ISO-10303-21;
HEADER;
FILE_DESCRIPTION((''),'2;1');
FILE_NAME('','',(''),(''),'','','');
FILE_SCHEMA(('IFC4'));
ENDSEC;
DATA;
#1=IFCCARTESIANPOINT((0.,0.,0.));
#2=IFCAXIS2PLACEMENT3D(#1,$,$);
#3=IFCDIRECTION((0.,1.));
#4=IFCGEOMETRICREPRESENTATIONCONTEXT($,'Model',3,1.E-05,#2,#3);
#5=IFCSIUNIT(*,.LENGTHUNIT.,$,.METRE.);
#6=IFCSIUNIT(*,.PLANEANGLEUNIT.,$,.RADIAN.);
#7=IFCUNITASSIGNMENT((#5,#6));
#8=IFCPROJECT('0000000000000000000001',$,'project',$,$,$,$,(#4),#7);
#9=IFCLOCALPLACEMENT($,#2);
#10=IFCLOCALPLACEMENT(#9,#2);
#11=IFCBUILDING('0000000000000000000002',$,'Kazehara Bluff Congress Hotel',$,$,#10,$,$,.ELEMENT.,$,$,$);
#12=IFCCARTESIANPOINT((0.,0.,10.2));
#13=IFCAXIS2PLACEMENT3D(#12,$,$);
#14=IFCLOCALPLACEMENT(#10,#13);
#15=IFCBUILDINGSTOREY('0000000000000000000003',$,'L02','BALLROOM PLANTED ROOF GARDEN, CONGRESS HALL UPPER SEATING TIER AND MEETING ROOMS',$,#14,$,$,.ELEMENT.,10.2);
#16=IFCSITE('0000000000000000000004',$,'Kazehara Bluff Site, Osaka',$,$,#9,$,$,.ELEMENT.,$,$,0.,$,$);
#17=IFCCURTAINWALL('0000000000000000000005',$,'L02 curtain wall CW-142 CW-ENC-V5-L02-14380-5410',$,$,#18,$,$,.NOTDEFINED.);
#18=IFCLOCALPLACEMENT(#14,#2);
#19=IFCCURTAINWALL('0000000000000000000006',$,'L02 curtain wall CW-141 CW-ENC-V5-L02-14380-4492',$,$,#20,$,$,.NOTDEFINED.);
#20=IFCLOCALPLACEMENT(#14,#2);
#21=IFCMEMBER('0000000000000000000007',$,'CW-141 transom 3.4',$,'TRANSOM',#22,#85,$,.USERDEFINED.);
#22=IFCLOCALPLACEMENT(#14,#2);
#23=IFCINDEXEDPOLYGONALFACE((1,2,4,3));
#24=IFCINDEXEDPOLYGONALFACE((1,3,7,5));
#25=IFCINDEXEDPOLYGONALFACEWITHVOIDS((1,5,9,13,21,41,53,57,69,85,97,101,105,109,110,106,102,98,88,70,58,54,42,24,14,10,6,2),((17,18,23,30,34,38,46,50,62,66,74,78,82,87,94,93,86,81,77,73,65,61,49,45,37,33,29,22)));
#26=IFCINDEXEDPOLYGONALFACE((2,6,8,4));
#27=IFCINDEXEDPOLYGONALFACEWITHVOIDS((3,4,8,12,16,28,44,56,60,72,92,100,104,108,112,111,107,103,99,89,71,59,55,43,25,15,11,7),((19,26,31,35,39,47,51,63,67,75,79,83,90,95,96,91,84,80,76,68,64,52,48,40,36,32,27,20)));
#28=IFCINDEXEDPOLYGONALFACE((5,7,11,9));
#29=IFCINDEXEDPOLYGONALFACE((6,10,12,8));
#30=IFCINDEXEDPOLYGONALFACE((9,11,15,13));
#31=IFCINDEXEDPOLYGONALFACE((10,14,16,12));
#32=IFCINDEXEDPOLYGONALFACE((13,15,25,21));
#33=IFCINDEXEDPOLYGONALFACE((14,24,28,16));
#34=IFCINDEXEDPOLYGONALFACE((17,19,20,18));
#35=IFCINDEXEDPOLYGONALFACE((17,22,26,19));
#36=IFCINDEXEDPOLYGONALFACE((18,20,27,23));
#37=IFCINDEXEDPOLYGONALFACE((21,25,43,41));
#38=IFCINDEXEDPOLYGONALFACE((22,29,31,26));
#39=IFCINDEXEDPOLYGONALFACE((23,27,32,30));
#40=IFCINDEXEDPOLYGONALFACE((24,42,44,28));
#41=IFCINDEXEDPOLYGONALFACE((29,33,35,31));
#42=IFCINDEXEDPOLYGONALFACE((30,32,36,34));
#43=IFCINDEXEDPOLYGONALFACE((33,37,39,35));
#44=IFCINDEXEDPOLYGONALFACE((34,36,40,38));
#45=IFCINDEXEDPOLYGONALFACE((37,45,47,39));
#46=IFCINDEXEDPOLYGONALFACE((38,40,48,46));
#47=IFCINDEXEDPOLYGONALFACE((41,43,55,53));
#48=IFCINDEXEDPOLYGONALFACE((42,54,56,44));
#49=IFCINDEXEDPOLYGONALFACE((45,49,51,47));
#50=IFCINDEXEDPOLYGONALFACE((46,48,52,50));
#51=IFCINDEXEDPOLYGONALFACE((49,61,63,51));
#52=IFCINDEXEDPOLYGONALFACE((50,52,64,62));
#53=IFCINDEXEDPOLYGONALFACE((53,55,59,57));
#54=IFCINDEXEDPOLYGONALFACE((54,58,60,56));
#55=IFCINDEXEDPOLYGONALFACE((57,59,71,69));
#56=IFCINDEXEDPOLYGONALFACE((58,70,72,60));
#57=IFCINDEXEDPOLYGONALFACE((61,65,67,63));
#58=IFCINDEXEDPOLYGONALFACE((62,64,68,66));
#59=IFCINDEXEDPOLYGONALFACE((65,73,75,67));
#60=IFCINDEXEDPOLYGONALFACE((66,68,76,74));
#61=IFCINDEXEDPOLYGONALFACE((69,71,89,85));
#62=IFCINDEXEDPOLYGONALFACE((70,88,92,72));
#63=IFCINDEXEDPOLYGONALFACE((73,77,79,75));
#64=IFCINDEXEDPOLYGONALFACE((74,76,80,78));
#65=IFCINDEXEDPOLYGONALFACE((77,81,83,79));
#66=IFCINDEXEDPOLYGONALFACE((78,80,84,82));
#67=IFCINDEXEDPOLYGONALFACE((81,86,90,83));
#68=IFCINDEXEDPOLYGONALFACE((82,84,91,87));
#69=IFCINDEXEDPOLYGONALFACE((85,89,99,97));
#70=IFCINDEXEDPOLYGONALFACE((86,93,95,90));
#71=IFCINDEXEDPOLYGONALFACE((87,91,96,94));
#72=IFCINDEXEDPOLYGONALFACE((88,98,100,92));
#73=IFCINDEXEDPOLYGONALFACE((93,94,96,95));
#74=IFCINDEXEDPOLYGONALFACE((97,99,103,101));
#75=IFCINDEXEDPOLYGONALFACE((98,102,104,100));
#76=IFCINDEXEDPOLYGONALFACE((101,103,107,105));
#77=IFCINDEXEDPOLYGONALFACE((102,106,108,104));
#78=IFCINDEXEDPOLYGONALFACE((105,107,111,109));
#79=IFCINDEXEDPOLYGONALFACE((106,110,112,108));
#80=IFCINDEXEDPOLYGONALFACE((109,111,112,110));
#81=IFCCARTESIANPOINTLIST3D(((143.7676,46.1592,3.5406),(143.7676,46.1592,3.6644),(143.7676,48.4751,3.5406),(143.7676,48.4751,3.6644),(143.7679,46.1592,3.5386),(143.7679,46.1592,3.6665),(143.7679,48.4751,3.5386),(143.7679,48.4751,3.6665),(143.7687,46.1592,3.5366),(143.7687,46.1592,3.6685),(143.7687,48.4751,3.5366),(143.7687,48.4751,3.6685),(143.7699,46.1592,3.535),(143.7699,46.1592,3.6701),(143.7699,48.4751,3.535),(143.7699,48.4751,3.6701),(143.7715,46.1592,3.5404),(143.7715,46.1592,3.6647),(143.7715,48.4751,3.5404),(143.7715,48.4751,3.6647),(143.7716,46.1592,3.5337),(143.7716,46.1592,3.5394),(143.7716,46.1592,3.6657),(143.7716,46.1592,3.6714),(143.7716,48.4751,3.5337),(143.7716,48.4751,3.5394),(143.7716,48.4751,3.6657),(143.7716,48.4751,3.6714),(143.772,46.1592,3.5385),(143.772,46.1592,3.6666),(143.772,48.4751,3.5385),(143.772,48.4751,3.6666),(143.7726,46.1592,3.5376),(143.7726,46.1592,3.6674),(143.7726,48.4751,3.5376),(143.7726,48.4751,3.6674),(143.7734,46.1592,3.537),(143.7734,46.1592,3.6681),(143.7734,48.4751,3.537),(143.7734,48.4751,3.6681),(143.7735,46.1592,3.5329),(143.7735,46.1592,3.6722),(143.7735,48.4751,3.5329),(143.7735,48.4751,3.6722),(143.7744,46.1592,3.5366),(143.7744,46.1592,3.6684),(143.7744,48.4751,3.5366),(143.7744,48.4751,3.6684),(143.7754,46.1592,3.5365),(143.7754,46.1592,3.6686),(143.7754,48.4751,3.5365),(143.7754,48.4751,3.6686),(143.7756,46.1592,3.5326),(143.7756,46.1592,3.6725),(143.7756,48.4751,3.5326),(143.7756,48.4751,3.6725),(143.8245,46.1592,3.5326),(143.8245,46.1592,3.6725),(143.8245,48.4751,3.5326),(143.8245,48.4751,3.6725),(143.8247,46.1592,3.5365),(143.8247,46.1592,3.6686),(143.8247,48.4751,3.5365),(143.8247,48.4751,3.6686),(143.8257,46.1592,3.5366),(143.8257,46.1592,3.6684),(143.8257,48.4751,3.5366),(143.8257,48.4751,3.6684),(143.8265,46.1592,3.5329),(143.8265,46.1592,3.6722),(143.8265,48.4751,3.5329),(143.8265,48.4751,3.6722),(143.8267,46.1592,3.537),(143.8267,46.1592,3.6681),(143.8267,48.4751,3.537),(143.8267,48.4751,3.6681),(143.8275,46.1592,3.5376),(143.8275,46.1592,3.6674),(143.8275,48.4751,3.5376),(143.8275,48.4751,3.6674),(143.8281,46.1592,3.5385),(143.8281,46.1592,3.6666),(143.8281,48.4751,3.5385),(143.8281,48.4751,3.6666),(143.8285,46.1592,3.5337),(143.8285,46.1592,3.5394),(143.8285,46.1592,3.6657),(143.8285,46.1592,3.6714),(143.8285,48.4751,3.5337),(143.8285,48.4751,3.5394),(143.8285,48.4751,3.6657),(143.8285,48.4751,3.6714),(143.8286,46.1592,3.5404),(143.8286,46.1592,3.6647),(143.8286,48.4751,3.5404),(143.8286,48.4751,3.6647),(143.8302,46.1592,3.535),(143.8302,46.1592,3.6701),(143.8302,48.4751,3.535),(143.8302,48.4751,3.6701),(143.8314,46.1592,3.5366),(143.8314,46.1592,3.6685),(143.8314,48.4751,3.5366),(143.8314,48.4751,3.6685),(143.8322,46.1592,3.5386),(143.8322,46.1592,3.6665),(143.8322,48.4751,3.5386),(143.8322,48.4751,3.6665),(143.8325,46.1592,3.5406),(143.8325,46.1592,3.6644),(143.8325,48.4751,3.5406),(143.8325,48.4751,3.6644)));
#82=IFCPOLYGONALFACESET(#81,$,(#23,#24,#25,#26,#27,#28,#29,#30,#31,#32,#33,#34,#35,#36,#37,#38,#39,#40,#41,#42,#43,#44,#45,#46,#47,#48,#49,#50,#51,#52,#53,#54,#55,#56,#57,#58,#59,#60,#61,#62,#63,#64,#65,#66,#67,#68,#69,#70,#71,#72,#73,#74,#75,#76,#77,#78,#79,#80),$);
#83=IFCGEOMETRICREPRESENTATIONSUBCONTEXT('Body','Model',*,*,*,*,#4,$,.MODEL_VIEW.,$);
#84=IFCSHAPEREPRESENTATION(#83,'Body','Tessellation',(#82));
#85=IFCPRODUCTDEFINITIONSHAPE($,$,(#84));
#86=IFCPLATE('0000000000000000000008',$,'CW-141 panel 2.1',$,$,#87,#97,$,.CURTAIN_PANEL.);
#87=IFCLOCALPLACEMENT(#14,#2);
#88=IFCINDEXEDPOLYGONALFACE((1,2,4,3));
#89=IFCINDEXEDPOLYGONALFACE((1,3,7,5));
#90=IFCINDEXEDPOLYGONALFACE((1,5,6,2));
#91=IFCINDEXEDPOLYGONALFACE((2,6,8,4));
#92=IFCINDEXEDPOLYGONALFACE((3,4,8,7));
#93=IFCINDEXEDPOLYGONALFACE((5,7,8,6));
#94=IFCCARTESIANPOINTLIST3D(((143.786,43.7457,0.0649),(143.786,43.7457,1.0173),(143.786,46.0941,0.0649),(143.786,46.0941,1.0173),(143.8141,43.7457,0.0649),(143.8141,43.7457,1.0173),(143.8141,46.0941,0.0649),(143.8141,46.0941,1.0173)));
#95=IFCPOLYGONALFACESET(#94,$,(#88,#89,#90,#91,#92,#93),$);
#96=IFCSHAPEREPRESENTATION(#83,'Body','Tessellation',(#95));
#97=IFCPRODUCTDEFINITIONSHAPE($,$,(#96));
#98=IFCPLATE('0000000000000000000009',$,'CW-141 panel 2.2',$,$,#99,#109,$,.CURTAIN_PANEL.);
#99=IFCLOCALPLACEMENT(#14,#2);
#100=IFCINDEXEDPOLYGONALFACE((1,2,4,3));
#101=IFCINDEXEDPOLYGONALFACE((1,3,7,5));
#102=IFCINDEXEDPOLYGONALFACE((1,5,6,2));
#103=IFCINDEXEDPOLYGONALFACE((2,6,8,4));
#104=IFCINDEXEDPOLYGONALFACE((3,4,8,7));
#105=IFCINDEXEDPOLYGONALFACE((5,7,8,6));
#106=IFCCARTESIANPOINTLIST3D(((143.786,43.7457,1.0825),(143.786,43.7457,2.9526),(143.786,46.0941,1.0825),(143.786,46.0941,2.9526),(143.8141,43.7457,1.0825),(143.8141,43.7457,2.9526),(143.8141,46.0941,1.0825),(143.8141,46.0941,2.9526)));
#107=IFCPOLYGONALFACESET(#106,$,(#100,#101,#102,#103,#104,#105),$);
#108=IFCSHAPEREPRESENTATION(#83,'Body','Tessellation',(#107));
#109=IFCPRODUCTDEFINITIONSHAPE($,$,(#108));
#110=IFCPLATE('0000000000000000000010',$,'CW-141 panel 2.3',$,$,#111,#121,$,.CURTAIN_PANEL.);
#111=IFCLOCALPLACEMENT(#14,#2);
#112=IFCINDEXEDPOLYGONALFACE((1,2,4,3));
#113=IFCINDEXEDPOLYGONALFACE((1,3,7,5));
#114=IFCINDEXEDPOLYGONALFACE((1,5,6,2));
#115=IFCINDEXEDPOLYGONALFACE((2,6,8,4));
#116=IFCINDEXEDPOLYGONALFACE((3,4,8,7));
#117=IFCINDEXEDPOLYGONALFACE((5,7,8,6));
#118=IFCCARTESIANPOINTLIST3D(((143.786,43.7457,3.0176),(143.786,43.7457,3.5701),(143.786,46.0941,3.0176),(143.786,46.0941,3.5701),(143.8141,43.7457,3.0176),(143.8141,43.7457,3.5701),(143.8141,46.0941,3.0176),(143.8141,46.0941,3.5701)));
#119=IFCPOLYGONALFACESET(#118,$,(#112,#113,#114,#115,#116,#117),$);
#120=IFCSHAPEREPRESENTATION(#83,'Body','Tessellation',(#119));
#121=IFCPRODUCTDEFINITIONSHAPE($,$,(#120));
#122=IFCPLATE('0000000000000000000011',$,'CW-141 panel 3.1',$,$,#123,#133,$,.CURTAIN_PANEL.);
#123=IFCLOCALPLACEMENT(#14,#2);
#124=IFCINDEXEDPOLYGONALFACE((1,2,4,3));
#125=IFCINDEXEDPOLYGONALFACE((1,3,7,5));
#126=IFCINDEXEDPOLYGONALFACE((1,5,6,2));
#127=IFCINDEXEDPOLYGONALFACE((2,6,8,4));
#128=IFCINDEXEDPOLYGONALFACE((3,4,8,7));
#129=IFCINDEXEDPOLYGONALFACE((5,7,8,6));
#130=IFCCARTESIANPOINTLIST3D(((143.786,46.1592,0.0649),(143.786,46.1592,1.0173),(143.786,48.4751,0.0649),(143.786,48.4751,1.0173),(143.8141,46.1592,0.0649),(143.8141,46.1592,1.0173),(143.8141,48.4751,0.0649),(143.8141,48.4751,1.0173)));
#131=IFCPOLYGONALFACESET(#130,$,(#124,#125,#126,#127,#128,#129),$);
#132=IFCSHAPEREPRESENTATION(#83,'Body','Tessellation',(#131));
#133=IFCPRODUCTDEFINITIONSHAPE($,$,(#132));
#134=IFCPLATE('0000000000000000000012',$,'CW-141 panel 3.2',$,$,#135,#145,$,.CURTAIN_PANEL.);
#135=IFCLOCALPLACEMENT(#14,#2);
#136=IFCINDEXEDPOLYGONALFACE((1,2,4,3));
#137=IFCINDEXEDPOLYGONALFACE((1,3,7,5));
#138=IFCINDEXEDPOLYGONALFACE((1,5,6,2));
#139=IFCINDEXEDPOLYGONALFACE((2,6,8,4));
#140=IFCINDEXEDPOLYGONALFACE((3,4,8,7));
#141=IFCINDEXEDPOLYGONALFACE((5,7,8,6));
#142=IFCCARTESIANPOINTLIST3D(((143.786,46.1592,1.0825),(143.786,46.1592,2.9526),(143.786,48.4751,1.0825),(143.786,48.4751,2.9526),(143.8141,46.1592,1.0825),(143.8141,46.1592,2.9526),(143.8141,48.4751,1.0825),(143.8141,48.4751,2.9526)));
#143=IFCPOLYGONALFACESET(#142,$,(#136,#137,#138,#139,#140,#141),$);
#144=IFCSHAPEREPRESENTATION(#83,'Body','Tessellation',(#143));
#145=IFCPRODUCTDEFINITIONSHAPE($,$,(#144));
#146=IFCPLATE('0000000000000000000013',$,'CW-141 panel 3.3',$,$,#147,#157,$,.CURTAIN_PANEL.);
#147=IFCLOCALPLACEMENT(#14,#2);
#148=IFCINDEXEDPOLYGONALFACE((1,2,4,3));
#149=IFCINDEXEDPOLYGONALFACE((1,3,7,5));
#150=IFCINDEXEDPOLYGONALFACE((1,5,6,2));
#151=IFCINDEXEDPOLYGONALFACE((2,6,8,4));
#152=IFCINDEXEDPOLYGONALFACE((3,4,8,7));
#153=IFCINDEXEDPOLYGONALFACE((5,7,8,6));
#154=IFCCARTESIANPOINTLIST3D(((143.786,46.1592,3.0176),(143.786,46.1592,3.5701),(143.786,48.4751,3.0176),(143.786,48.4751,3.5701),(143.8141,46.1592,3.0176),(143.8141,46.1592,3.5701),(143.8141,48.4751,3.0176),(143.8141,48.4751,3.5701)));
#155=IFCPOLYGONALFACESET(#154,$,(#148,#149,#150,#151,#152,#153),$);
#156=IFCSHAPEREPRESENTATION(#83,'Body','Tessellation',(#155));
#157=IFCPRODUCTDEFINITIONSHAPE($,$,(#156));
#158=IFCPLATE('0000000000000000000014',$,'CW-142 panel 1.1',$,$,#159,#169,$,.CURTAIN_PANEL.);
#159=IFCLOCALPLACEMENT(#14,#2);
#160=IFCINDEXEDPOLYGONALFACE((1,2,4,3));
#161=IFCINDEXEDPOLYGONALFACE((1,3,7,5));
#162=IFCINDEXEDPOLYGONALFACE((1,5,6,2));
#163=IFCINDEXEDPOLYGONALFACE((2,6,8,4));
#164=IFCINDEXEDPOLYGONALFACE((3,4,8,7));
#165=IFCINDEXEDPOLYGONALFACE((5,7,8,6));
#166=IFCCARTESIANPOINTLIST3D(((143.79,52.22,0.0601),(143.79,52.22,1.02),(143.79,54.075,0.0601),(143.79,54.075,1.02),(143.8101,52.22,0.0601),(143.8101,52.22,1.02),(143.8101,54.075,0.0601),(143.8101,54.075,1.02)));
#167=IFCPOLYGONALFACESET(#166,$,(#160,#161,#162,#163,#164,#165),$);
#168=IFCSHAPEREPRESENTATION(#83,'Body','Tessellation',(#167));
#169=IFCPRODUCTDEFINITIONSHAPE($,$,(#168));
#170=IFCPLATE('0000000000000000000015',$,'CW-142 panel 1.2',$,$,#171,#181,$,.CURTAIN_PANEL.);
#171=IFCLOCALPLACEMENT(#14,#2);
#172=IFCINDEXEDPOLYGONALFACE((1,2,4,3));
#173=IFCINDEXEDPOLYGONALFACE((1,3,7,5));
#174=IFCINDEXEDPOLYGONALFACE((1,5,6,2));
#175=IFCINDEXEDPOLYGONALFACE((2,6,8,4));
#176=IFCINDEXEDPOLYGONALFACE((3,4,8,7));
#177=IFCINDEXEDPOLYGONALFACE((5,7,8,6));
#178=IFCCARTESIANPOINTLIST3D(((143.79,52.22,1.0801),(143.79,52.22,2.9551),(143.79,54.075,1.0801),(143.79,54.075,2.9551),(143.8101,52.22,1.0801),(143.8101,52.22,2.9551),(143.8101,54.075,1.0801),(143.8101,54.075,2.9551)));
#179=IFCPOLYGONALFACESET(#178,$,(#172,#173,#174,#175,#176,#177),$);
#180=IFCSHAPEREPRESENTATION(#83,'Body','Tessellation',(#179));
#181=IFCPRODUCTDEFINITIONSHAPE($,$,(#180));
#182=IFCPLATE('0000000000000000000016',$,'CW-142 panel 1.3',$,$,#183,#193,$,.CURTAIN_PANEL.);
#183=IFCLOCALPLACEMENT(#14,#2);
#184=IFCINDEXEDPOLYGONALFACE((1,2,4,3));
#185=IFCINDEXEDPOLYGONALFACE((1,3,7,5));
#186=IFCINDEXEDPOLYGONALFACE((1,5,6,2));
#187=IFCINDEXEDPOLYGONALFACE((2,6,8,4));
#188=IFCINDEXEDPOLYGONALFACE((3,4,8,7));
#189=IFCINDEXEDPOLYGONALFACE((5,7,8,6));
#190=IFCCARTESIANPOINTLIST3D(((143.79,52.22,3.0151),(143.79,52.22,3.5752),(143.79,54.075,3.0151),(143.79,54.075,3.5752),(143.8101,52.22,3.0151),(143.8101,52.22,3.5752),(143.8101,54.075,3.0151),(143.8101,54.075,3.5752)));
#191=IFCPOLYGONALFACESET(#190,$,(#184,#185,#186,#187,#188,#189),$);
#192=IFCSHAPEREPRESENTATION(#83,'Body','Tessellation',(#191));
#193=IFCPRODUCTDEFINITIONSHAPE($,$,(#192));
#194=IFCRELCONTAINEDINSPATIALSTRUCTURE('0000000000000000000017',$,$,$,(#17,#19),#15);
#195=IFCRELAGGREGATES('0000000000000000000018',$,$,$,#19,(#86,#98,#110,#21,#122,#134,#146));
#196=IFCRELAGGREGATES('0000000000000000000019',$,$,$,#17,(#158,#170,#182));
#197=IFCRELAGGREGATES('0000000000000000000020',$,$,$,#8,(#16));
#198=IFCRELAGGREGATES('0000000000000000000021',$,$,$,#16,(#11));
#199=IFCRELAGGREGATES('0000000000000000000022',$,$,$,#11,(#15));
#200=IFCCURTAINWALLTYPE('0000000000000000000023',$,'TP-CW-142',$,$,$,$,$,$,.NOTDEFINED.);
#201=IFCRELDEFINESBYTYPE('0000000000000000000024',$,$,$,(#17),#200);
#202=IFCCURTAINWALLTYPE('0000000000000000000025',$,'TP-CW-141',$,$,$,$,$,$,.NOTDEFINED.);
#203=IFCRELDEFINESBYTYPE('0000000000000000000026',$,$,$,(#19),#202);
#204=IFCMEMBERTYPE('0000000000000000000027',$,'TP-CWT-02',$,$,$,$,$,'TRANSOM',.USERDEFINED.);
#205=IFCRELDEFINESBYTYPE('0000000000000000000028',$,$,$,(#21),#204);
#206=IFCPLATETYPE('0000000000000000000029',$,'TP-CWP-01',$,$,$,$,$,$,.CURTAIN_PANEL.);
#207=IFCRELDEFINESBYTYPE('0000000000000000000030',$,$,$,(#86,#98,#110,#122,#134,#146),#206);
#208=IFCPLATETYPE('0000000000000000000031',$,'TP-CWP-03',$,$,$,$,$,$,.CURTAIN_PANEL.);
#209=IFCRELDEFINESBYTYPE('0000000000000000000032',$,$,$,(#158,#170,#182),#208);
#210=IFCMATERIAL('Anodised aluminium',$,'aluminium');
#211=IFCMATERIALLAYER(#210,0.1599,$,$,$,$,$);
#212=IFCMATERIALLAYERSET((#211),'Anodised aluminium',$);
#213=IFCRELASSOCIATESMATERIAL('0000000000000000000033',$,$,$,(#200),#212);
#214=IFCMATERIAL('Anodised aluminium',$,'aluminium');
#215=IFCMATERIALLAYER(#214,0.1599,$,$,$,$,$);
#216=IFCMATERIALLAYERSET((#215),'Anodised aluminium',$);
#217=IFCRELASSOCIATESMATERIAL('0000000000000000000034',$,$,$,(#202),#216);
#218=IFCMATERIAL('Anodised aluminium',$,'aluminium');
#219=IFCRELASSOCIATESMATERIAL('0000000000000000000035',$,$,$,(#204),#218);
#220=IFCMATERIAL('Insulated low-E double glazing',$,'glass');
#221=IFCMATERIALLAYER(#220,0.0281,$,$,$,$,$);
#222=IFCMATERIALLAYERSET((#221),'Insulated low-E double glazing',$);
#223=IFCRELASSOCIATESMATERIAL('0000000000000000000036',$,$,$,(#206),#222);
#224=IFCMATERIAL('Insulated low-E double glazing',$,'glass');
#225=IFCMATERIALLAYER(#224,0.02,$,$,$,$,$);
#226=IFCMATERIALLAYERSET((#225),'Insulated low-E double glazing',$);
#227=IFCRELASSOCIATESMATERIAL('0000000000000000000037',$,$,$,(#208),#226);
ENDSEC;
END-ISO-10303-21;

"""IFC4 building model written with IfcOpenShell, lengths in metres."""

from ifc_helpers import new_model, si_unit, direction, frame, origin, origin_2d, place, context, subcontext, project, spatial, rectangle, hollow_rectangle, extrude, material, layer, layer_set, material_profile, profile_set, type_object, element, aggregate, save


model = new_model("IFC4")

# Units and contexts
model_context = context("Model", 3, precision=1e-05, world=origin(), true_north=direction((0.0, 1.0)))
body_context = subcontext(model_context, "Body", "Model", "MODEL_VIEW")
ifc_project = project(units=[si_unit("LENGTHUNIT", "METRE"), si_unit("PLANEANGLEUNIT", "RADIAN")], contexts=[model_context])

# Site, building, storey
site_placement = place(None, origin())
site = spatial("IfcSite", under=ifc_project, at=site_placement, Name="Kazehara Bluff Site, Osaka", CompositionType="ELEMENT", RefElevation=0.0)
building_placement = place(site_placement, origin())
building = spatial("IfcBuilding", under=site, at=building_placement, Name="Kazehara Bluff Congress Hotel", CompositionType="ELEMENT")
storey_placement = place(building_placement, frame((0.0, 0.0, 10.2)))
storey = spatial("IfcBuildingStorey", under=building, at=storey_placement, Name="L02", Description="BALLROOM PLANTED ROOF GARDEN, CONGRESS HALL UPPER SEATING TIER AND MEETING ROOMS", CompositionType="ELEMENT", Elevation=10.2)

# Curtain walls
ifc_material_1 = material(Name="Anodised aluminium", Category="aluminium")
ifc_layer_1 = layer(ifc_material_1, 0.1599)
ifc_layer_set_1 = layer_set([ifc_layer_1], Name="Anodised aluminium")
curtain_wall_type_1 = type_object("IfcCurtainWallType", Name="TP-CW-142", PredefinedType="NOTDEFINED", material=ifc_layer_set_1)
curtain_wall_1_placement = place(storey_placement, origin())
curtain_wall_1 = element("IfcCurtainWall", 1, at=curtain_wall_1_placement, inside=storey, type_object=curtain_wall_type_1, Name="L02 curtain wall CW-142 CW-ENC-V5-L02-14380-5410", PredefinedType="NOTDEFINED")
ifc_material_2 = material(Name="Anodised aluminium", Category="aluminium")
ifc_layer_2 = layer(ifc_material_2, 0.1599)
ifc_layer_set_2 = layer_set([ifc_layer_2], Name="Anodised aluminium")
curtain_wall_type_2 = type_object("IfcCurtainWallType", Name="TP-CW-141", PredefinedType="NOTDEFINED", material=ifc_layer_set_2)
curtain_wall_2_placement = place(storey_placement, origin())
curtain_wall_2 = element("IfcCurtainWall", 2, at=curtain_wall_2_placement, inside=storey, type_object=curtain_wall_type_2, Name="L02 curtain wall CW-141 CW-ENC-V5-L02-14380-4492", PredefinedType="NOTDEFINED")

# Member
ifc_material_3 = material(Name="Anodised aluminium", Category="aluminium")
ifc_material_profile_1 = material_profile(ifc_material_3, hollow_rectangle(XDim=0.0649, YDim=0.1399, WallThickness=0.0039, InnerFilletRadius=0.0039, OuterFilletRadius=0.0081, at=origin_2d()))
ifc_profile_set_1 = profile_set([ifc_material_profile_1], Name="Anodised aluminium")
member_type_1 = type_object("IfcMemberType", Name="TP-CWT-02", ElementType="TRANSOM", PredefinedType="USERDEFINED", material=ifc_profile_set_1)
member_1_placement = place(storey_placement, frame((143.8, 46.1592, 3.6025), z_axis=(0.0, 1.0, 0.0), x_axis=(-1.0, 0.0, 0.0)))
member_1 = element("IfcMember", 3, at=member_1_placement, type_object=member_type_1, Name="CW-141 transom 3.4", ObjectType="TRANSOM", PredefinedType="USERDEFINED", context=body_context, shape_type="SweptSolid", body=[
    extrude(hollow_rectangle(XDim=0.0649, YDim=0.1399, WallThickness=0.0039, InnerFilletRadius=0.0039, OuterFilletRadius=0.0081, at=origin_2d()), origin(), (0.0, 0.0, 1.0), 2.3159),
])

# Plates
ifc_material_4 = material(Name="Insulated low-E double glazing", Category="glass")
ifc_layer_3 = layer(ifc_material_4, 0.0281)
ifc_layer_set_3 = layer_set([ifc_layer_3], Name="Insulated low-E double glazing")
plate_type_1 = type_object("IfcPlateType", Name="TP-CWP-01", PredefinedType="CURTAIN_PANEL", material=ifc_layer_set_3)
plate_1_placement = place(storey_placement, frame((143.8, 44.9199, 0.0649), z_axis=(0.0, 0.0, 1.0), x_axis=(0.0, 1.0, 0.0)))
plate_1 = element("IfcPlate", 4, at=plate_1_placement, type_object=plate_type_1, Name="CW-141 panel 2.1", PredefinedType="CURTAIN_PANEL", context=body_context, shape_type="SweptSolid", body=[
    extrude(rectangle(XDim=2.3484, YDim=0.0281, at=origin_2d()), origin(), (0.0, 0.0, 1.0), 0.9524),
])
plate_2_placement = place(storey_placement, frame((143.8, 44.9199, 1.0825), z_axis=(0.0, 0.0, 1.0), x_axis=(0.0, 1.0, 0.0)))
plate_2 = element("IfcPlate", 5, at=plate_2_placement, type_object=plate_type_1, Name="CW-141 panel 2.2", PredefinedType="CURTAIN_PANEL", context=body_context, shape_type="SweptSolid", body=[
    extrude(rectangle(XDim=2.3484, YDim=0.0281, at=origin_2d()), origin(), (0.0, 0.0, 1.0), 1.8701),
])
plate_3_placement = place(storey_placement, frame((143.8, 44.9199, 3.0176), z_axis=(0.0, 0.0, 1.0), x_axis=(0.0, 1.0, 0.0)))
plate_3 = element("IfcPlate", 6, at=plate_3_placement, type_object=plate_type_1, Name="CW-141 panel 2.3", PredefinedType="CURTAIN_PANEL", context=body_context, shape_type="SweptSolid", body=[
    extrude(rectangle(XDim=2.3484, YDim=0.0281, at=origin_2d()), origin(), (0.0, 0.0, 1.0), 0.5525),
])
plate_4_placement = place(storey_placement, frame((143.8, 47.3171, 0.0649), z_axis=(0.0, 0.0, 1.0), x_axis=(0.0, 1.0, 0.0)))
plate_4 = element("IfcPlate", 7, at=plate_4_placement, type_object=plate_type_1, Name="CW-141 panel 3.1", PredefinedType="CURTAIN_PANEL", context=body_context, shape_type="SweptSolid", body=[
    extrude(rectangle(XDim=2.3159, YDim=0.0281, at=origin_2d()), origin(), (0.0, 0.0, 1.0), 0.9524),
])
plate_5_placement = place(storey_placement, frame((143.8, 47.3171, 1.0825), z_axis=(0.0, 0.0, 1.0), x_axis=(0.0, 1.0, 0.0)))
plate_5 = element("IfcPlate", 8, at=plate_5_placement, type_object=plate_type_1, Name="CW-141 panel 3.2", PredefinedType="CURTAIN_PANEL", context=body_context, shape_type="SweptSolid", body=[
    extrude(rectangle(XDim=2.3159, YDim=0.0281, at=origin_2d()), origin(), (0.0, 0.0, 1.0), 1.8701),
])
plate_6_placement = place(storey_placement, frame((143.8, 47.3171, 3.0176), z_axis=(0.0, 0.0, 1.0), x_axis=(0.0, 1.0, 0.0)))
plate_6 = element("IfcPlate", 9, at=plate_6_placement, type_object=plate_type_1, Name="CW-141 panel 3.3", PredefinedType="CURTAIN_PANEL", context=body_context, shape_type="SweptSolid", body=[
    extrude(rectangle(XDim=2.3159, YDim=0.0281, at=origin_2d()), origin(), (0.0, 0.0, 1.0), 0.5525),
])
aggregate(curtain_wall_2, [plate_1, plate_2, plate_3, member_1, plate_4, plate_5, plate_6])
ifc_material_5 = material(Name="Insulated low-E double glazing", Category="glass")
ifc_layer_4 = layer(ifc_material_5, 0.02)
ifc_layer_set_4 = layer_set([ifc_layer_4], Name="Insulated low-E double glazing")
plate_type_2 = type_object("IfcPlateType", Name="TP-CWP-03", PredefinedType="CURTAIN_PANEL", material=ifc_layer_set_4)
plate_7_placement = place(storey_placement, frame((143.8, 53.1475, 0.0601), z_axis=(0.0, 0.0, 1.0), x_axis=(0.0, 1.0, 0.0)))
plate_7 = element("IfcPlate", 10, at=plate_7_placement, type_object=plate_type_2, Name="CW-142 panel 1.1", PredefinedType="CURTAIN_PANEL", context=body_context, shape_type="SweptSolid", body=[
    extrude(rectangle(XDim=1.855, YDim=0.02, at=origin_2d()), origin(), (0.0, 0.0, 1.0), 0.96),
])
plate_8_placement = place(storey_placement, frame((143.8, 53.1475, 1.0801), z_axis=(0.0, 0.0, 1.0), x_axis=(0.0, 1.0, 0.0)))
plate_8 = element("IfcPlate", 11, at=plate_8_placement, type_object=plate_type_2, Name="CW-142 panel 1.2", PredefinedType="CURTAIN_PANEL", context=body_context, shape_type="SweptSolid", body=[
    extrude(rectangle(XDim=1.855, YDim=0.02, at=origin_2d()), origin(), (0.0, 0.0, 1.0), 1.875),
])
plate_9_placement = place(storey_placement, frame((143.8, 53.1475, 3.0151), z_axis=(0.0, 0.0, 1.0), x_axis=(0.0, 1.0, 0.0)))
plate_9 = element("IfcPlate", 12, at=plate_9_placement, type_object=plate_type_2, Name="CW-142 panel 1.3", PredefinedType="CURTAIN_PANEL", context=body_context, shape_type="SweptSolid", body=[
    extrude(rectangle(XDim=1.855, YDim=0.02, at=origin_2d()), origin(), (0.0, 0.0, 1.0), 0.5601),
])
aggregate(curtain_wall_1, [plate_7, plate_8, plate_9])

save(model, "model.ifc")
